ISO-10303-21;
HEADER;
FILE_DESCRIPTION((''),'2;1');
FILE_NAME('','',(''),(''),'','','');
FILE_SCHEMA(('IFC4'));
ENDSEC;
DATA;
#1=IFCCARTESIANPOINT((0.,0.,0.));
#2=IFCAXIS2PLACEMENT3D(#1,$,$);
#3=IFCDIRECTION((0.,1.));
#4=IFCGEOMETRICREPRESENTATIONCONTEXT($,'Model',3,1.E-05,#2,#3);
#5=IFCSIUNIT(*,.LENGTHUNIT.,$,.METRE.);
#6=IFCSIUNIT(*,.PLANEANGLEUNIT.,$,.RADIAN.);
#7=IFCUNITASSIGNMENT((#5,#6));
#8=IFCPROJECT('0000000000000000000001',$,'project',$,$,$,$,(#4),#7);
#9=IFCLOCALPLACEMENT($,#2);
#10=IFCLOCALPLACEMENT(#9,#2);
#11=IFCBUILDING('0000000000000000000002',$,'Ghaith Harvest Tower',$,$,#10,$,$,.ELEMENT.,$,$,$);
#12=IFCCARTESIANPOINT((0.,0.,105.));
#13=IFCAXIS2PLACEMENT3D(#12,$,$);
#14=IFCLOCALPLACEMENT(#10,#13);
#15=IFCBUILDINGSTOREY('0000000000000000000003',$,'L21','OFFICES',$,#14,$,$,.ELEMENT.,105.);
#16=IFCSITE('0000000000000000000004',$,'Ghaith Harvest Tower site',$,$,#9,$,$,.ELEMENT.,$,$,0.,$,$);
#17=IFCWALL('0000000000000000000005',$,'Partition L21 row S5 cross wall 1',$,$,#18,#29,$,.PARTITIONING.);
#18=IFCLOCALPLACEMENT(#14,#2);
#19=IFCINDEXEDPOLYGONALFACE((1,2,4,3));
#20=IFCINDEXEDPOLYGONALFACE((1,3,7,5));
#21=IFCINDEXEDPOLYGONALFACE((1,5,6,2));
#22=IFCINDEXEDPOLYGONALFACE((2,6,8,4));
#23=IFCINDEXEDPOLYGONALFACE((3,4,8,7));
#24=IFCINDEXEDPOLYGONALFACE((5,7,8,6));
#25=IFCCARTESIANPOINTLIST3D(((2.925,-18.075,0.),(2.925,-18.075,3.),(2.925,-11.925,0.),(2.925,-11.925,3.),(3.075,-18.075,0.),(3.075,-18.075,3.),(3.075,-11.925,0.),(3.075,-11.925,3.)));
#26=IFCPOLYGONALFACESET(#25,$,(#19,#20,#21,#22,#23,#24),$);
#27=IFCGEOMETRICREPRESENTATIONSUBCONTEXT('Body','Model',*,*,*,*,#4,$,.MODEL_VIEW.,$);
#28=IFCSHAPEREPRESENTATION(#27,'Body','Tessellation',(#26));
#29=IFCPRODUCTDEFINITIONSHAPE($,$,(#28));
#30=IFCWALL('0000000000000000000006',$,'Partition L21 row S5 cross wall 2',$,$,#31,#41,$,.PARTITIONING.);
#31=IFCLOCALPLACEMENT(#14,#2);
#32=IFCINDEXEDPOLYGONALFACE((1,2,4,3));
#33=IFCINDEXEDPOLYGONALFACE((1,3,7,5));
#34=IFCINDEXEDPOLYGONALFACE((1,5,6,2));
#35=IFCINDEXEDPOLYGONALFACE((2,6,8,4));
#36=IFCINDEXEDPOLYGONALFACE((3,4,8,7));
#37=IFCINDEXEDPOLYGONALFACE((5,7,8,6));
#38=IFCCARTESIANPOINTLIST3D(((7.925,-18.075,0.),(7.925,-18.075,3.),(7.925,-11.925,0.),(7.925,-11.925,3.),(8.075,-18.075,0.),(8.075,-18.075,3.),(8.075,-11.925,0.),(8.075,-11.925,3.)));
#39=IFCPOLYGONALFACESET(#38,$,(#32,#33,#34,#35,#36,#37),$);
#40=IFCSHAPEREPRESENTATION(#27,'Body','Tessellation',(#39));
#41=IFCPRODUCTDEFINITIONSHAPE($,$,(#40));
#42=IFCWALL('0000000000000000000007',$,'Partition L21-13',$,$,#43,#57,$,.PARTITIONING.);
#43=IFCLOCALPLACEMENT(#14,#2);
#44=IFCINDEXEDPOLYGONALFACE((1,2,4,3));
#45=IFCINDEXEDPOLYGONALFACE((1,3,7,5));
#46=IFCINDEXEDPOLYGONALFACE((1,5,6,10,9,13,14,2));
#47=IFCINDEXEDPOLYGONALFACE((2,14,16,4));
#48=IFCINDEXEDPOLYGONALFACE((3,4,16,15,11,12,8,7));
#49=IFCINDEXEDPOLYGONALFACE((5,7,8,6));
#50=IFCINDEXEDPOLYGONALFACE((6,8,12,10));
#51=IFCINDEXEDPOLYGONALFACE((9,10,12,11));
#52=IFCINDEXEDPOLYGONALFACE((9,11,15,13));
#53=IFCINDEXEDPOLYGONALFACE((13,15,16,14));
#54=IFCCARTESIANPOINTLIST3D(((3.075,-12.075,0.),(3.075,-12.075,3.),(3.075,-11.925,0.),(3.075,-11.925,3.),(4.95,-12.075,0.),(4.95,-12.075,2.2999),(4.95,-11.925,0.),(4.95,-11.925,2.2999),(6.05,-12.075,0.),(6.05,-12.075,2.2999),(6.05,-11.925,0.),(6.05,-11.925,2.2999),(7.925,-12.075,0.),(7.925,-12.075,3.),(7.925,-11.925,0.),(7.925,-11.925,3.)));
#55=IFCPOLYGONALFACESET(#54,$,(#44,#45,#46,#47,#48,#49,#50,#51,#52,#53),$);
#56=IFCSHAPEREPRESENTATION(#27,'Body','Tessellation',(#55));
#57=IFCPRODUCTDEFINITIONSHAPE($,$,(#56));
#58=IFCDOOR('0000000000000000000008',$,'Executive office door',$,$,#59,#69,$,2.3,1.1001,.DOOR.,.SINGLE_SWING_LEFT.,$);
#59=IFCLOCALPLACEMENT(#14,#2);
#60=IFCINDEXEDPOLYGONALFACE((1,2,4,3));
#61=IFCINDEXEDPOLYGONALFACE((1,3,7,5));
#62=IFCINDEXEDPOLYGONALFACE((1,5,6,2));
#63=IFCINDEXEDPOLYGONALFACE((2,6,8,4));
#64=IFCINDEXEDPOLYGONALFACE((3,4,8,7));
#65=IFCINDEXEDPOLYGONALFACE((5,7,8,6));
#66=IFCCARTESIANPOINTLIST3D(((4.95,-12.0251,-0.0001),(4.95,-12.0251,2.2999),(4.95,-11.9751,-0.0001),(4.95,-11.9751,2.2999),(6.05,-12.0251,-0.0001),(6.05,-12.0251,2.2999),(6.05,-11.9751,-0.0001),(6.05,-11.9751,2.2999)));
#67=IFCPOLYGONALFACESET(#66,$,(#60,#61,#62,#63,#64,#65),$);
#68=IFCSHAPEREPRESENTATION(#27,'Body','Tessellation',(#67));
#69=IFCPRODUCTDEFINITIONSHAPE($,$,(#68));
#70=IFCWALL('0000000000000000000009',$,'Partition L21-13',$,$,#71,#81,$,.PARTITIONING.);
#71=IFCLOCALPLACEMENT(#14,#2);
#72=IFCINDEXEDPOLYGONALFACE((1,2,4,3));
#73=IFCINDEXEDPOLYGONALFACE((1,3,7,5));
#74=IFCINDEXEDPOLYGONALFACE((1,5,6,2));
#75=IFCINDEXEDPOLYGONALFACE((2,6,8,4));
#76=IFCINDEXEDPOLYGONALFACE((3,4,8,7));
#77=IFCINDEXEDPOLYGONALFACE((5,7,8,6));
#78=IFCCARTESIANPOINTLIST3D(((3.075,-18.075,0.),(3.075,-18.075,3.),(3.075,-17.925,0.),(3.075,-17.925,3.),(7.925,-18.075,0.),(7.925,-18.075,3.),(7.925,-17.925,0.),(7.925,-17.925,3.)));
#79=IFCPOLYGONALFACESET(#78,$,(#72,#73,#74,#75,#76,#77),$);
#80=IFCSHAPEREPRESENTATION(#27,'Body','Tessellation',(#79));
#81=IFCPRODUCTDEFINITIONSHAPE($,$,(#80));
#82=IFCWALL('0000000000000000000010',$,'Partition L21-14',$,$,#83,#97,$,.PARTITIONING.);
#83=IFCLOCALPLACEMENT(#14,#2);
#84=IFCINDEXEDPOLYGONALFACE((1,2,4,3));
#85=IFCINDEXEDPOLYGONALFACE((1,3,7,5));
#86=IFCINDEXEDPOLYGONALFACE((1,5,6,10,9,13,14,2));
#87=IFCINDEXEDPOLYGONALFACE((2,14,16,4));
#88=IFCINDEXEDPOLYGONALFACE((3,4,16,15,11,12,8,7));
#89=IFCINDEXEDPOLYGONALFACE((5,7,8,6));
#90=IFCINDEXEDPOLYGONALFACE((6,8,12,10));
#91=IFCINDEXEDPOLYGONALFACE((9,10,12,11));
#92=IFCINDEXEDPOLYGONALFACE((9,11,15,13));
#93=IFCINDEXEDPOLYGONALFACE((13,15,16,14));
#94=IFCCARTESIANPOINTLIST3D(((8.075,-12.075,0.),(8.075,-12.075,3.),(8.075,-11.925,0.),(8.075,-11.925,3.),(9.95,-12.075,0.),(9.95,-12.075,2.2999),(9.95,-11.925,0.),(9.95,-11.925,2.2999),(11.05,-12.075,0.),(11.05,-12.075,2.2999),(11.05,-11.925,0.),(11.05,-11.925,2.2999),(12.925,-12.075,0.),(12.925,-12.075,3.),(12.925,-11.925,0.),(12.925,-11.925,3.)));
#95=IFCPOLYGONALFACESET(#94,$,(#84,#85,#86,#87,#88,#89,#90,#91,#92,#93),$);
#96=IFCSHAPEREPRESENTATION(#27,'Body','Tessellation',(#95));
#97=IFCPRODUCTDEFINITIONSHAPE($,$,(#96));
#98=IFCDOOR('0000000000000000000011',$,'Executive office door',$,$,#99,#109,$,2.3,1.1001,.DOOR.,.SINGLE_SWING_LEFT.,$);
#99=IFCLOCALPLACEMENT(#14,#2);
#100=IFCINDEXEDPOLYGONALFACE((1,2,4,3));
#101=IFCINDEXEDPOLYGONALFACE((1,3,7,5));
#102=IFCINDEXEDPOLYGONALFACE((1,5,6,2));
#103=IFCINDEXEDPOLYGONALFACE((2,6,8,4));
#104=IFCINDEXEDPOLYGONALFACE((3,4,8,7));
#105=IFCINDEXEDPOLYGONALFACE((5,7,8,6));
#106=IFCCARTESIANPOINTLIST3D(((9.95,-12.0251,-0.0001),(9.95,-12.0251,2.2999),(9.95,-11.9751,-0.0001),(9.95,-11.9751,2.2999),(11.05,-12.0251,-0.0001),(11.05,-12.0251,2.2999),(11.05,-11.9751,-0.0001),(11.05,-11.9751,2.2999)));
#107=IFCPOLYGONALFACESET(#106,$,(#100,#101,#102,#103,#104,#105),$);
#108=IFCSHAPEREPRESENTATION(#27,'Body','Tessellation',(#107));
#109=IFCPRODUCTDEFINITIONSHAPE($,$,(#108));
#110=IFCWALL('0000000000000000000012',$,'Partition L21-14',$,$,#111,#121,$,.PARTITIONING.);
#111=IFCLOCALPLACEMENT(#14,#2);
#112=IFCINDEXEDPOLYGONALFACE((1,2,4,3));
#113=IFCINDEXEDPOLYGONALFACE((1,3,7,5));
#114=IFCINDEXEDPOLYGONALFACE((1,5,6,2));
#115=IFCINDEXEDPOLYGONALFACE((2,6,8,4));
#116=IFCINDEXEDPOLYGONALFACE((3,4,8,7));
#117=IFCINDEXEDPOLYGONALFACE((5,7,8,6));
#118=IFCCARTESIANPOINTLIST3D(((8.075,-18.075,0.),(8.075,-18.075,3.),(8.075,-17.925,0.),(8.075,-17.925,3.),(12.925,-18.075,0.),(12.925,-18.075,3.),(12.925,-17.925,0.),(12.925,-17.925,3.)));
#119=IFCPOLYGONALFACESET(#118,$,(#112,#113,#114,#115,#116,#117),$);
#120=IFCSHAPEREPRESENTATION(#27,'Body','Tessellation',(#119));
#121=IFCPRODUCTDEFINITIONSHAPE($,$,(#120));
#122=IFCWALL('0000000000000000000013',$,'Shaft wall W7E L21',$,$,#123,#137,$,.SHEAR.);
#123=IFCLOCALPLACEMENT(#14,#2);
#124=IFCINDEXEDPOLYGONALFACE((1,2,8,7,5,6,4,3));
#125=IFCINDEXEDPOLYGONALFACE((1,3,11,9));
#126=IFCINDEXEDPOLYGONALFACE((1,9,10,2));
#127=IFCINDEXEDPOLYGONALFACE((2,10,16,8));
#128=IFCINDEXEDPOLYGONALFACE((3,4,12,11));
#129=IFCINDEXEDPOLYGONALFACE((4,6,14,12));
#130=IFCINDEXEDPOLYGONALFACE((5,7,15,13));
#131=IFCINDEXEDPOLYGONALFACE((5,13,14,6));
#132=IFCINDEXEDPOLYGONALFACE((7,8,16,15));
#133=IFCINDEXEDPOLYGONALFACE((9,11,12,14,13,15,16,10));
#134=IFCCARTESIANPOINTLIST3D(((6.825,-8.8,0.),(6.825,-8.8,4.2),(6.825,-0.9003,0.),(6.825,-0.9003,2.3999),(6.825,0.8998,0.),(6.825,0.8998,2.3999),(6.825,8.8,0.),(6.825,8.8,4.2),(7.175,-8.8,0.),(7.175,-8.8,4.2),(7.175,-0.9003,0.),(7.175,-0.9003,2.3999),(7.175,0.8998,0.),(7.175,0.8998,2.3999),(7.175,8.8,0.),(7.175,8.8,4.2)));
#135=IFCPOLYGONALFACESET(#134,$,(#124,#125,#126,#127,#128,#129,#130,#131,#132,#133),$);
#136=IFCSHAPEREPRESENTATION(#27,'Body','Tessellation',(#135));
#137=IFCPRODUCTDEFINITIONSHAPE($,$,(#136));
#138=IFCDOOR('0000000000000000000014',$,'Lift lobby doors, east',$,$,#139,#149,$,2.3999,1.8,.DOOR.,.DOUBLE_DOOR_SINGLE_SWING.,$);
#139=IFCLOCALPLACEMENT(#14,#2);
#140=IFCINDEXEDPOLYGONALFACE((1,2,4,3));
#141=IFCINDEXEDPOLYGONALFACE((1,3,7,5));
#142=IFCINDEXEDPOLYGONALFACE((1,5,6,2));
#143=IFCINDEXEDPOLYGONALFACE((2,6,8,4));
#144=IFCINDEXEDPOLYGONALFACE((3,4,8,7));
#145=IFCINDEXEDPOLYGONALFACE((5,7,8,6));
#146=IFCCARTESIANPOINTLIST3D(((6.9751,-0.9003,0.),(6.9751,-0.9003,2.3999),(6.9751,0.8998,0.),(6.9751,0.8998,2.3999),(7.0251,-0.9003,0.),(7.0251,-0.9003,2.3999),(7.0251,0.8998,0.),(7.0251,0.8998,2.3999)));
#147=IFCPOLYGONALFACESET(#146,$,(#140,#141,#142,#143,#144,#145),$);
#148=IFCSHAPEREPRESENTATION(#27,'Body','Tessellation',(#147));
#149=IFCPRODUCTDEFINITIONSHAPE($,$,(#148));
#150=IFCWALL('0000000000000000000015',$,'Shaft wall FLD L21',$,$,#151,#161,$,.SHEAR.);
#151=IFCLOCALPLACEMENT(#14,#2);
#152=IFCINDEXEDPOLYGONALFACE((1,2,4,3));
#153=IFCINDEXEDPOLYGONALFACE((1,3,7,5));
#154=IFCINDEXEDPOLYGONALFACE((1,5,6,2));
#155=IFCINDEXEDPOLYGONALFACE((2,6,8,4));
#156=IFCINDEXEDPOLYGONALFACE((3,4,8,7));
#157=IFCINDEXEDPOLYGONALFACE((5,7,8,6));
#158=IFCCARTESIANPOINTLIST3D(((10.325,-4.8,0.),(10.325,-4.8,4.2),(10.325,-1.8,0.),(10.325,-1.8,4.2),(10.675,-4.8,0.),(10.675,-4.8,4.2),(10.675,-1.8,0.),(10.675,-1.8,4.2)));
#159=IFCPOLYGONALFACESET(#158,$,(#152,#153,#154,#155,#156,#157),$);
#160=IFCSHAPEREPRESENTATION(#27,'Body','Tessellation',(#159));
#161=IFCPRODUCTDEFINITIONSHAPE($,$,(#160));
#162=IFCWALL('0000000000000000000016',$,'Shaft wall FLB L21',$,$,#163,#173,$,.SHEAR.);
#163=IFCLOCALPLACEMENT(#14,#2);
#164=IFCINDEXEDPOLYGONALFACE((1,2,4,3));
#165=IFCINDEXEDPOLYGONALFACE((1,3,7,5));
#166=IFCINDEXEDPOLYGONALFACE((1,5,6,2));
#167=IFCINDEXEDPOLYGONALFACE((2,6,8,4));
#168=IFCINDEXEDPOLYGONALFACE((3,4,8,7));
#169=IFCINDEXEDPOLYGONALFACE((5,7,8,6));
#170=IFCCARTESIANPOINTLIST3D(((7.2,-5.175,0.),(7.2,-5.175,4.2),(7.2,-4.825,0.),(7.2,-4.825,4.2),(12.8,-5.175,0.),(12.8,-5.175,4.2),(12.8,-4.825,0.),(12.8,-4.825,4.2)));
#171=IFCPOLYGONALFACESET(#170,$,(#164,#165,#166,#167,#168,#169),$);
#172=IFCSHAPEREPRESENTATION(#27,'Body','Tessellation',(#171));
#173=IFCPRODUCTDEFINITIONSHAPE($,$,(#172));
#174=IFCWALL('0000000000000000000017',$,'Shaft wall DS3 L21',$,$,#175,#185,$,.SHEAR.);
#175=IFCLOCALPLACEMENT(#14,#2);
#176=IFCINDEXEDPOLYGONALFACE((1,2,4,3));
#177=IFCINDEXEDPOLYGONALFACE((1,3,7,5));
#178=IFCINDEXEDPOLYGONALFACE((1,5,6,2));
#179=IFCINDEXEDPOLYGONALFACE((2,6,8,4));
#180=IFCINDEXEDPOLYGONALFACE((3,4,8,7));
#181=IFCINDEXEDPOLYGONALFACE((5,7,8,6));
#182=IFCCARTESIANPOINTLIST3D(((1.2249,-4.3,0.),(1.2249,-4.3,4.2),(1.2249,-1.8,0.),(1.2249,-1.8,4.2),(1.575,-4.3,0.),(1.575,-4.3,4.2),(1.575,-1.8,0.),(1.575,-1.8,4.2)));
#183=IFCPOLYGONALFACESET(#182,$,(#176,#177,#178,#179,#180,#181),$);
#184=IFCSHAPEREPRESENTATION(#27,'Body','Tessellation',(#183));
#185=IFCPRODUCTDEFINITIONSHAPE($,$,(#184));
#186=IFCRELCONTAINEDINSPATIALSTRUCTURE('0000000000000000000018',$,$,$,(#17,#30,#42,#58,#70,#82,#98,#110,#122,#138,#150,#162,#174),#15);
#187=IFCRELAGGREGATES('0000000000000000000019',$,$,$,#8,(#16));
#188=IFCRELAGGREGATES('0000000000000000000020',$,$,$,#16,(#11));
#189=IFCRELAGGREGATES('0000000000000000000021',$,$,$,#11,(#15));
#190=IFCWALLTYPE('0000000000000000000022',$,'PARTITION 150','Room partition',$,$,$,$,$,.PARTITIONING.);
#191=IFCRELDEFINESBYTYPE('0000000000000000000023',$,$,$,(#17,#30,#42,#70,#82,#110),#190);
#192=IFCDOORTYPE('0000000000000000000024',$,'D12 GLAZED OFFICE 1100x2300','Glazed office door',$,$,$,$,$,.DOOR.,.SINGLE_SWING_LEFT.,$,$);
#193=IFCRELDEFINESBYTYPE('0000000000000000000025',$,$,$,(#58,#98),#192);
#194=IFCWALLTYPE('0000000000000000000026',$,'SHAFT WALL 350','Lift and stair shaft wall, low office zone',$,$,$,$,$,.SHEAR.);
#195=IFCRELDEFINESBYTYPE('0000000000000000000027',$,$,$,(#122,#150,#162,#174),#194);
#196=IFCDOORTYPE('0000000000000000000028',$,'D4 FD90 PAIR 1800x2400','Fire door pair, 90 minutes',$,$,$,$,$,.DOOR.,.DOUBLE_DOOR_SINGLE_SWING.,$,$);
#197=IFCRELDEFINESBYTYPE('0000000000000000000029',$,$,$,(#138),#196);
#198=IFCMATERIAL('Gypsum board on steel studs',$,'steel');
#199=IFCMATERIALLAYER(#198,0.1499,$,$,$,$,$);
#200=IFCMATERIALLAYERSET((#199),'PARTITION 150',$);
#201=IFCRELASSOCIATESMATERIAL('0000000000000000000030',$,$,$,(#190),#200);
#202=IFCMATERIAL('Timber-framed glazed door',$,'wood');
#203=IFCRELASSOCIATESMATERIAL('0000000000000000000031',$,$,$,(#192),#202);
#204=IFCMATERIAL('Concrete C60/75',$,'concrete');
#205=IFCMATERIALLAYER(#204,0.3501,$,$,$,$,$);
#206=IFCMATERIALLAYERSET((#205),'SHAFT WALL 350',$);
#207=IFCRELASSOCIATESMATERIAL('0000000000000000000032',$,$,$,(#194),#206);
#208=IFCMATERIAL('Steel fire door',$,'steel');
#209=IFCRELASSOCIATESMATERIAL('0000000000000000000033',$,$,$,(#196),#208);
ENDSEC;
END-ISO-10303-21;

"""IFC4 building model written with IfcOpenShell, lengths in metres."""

from ifc_helpers import new_model, si_unit, direction, frame, frame_2d, origin, place, context, subcontext, project, spatial, rectangle, extrude, material, layer, layer_set, type_object, element, fill, save


model = new_model("IFC4")

# Units and contexts
model_context = context("Model", 3, precision=1e-05, world=origin(), true_north=direction((0.0, 1.0)))
body_context = subcontext(model_context, "Body", "Model", "MODEL_VIEW")
ifc_project = project(units=[si_unit("LENGTHUNIT", "METRE"), si_unit("PLANEANGLEUNIT", "RADIAN")], contexts=[model_context])

# Site, building, storey
site_placement = place(None, origin())
site = spatial("IfcSite", under=ifc_project, at=site_placement, Name="Ghaith Harvest Tower site", CompositionType="ELEMENT", RefElevation=0.0)
building_placement = place(site_placement, origin())
building = spatial("IfcBuilding", under=site, at=building_placement, Name="Ghaith Harvest Tower", CompositionType="ELEMENT")
storey_placement = place(building_placement, frame((0.0, 0.0, 105.0)))
storey = spatial("IfcBuildingStorey", under=building, at=storey_placement, Name="L21", Description="OFFICES", CompositionType="ELEMENT", Elevation=105.0)

# Walls
ifc_material_1 = material(Name="Gypsum board on steel studs", Category="steel")
ifc_layer_1 = layer(ifc_material_1, 0.1499)
ifc_layer_set_1 = layer_set([ifc_layer_1], Name="PARTITION 150")
wall_type_1 = type_object("IfcWallType", Name="PARTITION 150", Description="Room partition", PredefinedType="PARTITIONING", material=ifc_layer_set_1)
for number, where, z_axis, x_axis, name in (
    (1, (3.0, -11.925, 0.0), (0.0, 0.0, 1.0), (0.0, -1.0, 0.0), "Partition L21 row S5 cross wall 1"),
    (2, (8.0, -11.925, 0.0), (0.0, 0.0, 1.0), (0.0, -1.0, 0.0), "Partition L21 row S5 cross wall 2"),
):
    element("IfcWall", number, at=place(storey_placement, frame(where, z_axis=z_axis, x_axis=x_axis)), inside=storey, type_object=wall_type_1, Name=name, PredefinedType="PARTITIONING", context=body_context, shape_type="SweptSolid", body=[
        extrude(rectangle(XDim=6.1499, YDim=0.1499, at=frame_2d((3.075, 0.0))), origin(), (0.0, 0.0, 1.0), 3.0),
    ])

# Wall, opening, door
wall_1_placement = place(storey_placement, frame((3.075, -12.0, 0.0), z_axis=(0.0, 0.0, 1.0), x_axis=(1.0, 0.0, 0.0)))
wall_1 = element("IfcWall", 3, at=wall_1_placement, inside=storey, type_object=wall_type_1, Name="Partition L21-13", PredefinedType="PARTITIONING", context=body_context, shape_type="SweptSolid", body=[
    extrude(rectangle(XDim=4.8501, YDim=0.1499, at=frame_2d((2.425, 0.0))), origin(), (0.0, 0.0, 1.0), 3.0),
])
opening_1_placement = place(wall_1_placement, frame((1.875, 0.0, 0.0)))
opening_1 = element("IfcOpeningElement", 4, at=opening_1_placement, cuts=wall_1, PredefinedType="OPENING", context=body_context, shape_type="SweptSolid", body=[
    extrude(rectangle(XDim=1.1001, YDim=2.3, at=frame_2d((0.55, 1.1499))), frame((0.0, 0.085, 0.0), z_axis=(0.0, -1.0, 0.0), x_axis=(1.0, 0.0, 0.0)), (0.0, 0.0, 1.0), 0.1699),
])
ifc_material_2 = material(Name="Timber-framed glazed door", Category="wood")
door_type_1 = type_object("IfcDoorType", Name="D12 GLAZED OFFICE 1100x2300", Description="Glazed office door", OperationType="SINGLE_SWING_LEFT", PredefinedType="DOOR", material=ifc_material_2)
door_1_placement = place(opening_1_placement, origin())
door_1 = element("IfcDoor", 5, at=door_1_placement, inside=storey, type_object=door_type_1, Name="Executive office door", OperationType="SINGLE_SWING_LEFT", OverallHeight=2.3, OverallWidth=1.1001, PredefinedType="DOOR", context=body_context, shape_type="SweptSolid", body=[
    extrude(rectangle(XDim=1.1001, YDim=2.3, at=frame_2d((0.55, 1.1499))), frame((0.0, 0.0249, 0.0), z_axis=(0.0, -1.0, 0.0), x_axis=(1.0, 0.0, 0.0)), (0.0, 0.0, 1.0), 0.05),
])
fill(opening_1, door_1)

# Wall
wall_2_placement = place(storey_placement, frame((3.075, -18.0, 0.0), z_axis=(0.0, 0.0, 1.0), x_axis=(1.0, 0.0, 0.0)))
element("IfcWall", 6, at=wall_2_placement, inside=storey, type_object=wall_type_1, Name="Partition L21-13", PredefinedType="PARTITIONING", context=body_context, shape_type="SweptSolid", body=[
    extrude(rectangle(XDim=4.8501, YDim=0.1499, at=frame_2d((2.425, 0.0))), origin(), (0.0, 0.0, 1.0), 3.0),
])

# Wall, opening, door
wall_3_placement = place(storey_placement, frame((8.075, -12.0, 0.0), z_axis=(0.0, 0.0, 1.0), x_axis=(1.0, 0.0, 0.0)))
wall_3 = element("IfcWall", 7, at=wall_3_placement, inside=storey, type_object=wall_type_1, Name="Partition L21-14", PredefinedType="PARTITIONING", context=body_context, shape_type="SweptSolid", body=[
    extrude(rectangle(XDim=4.8501, YDim=0.1499, at=frame_2d((2.425, 0.0))), origin(), (0.0, 0.0, 1.0), 3.0),
])
opening_2_placement = place(wall_3_placement, frame((1.875, 0.0, 0.0)))
opening_2 = element("IfcOpeningElement", 8, at=opening_2_placement, cuts=wall_3, PredefinedType="OPENING", context=body_context, shape_type="SweptSolid", body=[
    extrude(rectangle(XDim=1.1001, YDim=2.3, at=frame_2d((0.55, 1.1499))), frame((0.0, 0.085, 0.0), z_axis=(0.0, -1.0, 0.0), x_axis=(1.0, 0.0, 0.0)), (0.0, 0.0, 1.0), 0.1699),
])
door_2_placement = place(opening_2_placement, origin())
door_2 = element("IfcDoor", 9, at=door_2_placement, inside=storey, type_object=door_type_1, Name="Executive office door", OperationType="SINGLE_SWING_LEFT", OverallHeight=2.3, OverallWidth=1.1001, PredefinedType="DOOR", context=body_context, shape_type="SweptSolid", body=[
    extrude(rectangle(XDim=1.1001, YDim=2.3, at=frame_2d((0.55, 1.1499))), frame((0.0, 0.0249, 0.0), z_axis=(0.0, -1.0, 0.0), x_axis=(1.0, 0.0, 0.0)), (0.0, 0.0, 1.0), 0.05),
])
fill(opening_2, door_2)

# Wall
wall_4_placement = place(storey_placement, frame((8.075, -18.0, 0.0), z_axis=(0.0, 0.0, 1.0), x_axis=(1.0, 0.0, 0.0)))
element("IfcWall", 10, at=wall_4_placement, inside=storey, type_object=wall_type_1, Name="Partition L21-14", PredefinedType="PARTITIONING", context=body_context, shape_type="SweptSolid", body=[
    extrude(rectangle(XDim=4.8501, YDim=0.1499, at=frame_2d((2.425, 0.0))), origin(), (0.0, 0.0, 1.0), 3.0),
])

# Wall, opening, door
ifc_material_3 = material(Name="Concrete C60/75", Category="concrete")
ifc_layer_2 = layer(ifc_material_3, 0.3501)
ifc_layer_set_2 = layer_set([ifc_layer_2], Name="SHAFT WALL 350")
wall_type_2 = type_object("IfcWallType", Name="SHAFT WALL 350", Description="Lift and stair shaft wall, low office zone", PredefinedType="SHEAR", material=ifc_layer_set_2)
wall_5_placement = place(storey_placement, frame((7.0, -8.8, 0.0), z_axis=(0.0, 0.0, 1.0), x_axis=(0.0, 1.0, 0.0)))
wall_5 = element("IfcWall", 11, at=wall_5_placement, inside=storey, type_object=wall_type_2, Name="Shaft wall W7E L21", PredefinedType="SHEAR", context=body_context, shape_type="SweptSolid", body=[
    extrude(rectangle(XDim=17.6001, YDim=0.3501, at=frame_2d((8.8, 0.0))), origin(), (0.0, 0.0, 1.0), 4.2),
])
opening_3_placement = place(wall_5_placement, frame((7.8999, 0.0, 0.0)))
opening_3 = element("IfcOpeningElement", 12, at=opening_3_placement, cuts=wall_5, PredefinedType="OPENING", context=body_context, shape_type="SweptSolid", body=[
    extrude(rectangle(XDim=1.8, YDim=2.3999, at=frame_2d((0.8999, 1.2))), frame((0.0, 0.1851, 0.0), z_axis=(0.0, -1.0, 0.0), x_axis=(1.0, 0.0, 0.0)), (0.0, 0.0, 1.0), 0.3701),
])
ifc_material_4 = material(Name="Steel fire door", Category="steel")
door_type_2 = type_object("IfcDoorType", Name="D4 FD90 PAIR 1800x2400", Description="Fire door pair, 90 minutes", OperationType="DOUBLE_DOOR_SINGLE_SWING", PredefinedType="DOOR", material=ifc_material_4)
door_3_placement = place(opening_3_placement, origin())
door_3 = element("IfcDoor", 13, at=door_3_placement, inside=storey, type_object=door_type_2, Name="Lift lobby doors, east", OperationType="DOUBLE_DOOR_SINGLE_SWING", OverallHeight=2.3999, OverallWidth=1.8, PredefinedType="DOOR", context=body_context, shape_type="SweptSolid", body=[
    extrude(rectangle(XDim=1.8, YDim=2.3999, at=frame_2d((0.8999, 1.2))), frame((0.0, 0.0249, 0.0), z_axis=(0.0, -1.0, 0.0), x_axis=(1.0, 0.0, 0.0)), (0.0, 0.0, 1.0), 0.05),
])
fill(opening_3, door_3)

# Walls
wall_6_placement = place(storey_placement, frame((10.5, -4.8, 0.0), z_axis=(0.0, 0.0, 1.0), x_axis=(0.0, 1.0, 0.0)))
element("IfcWall", 14, at=wall_6_placement, inside=storey, type_object=wall_type_2, Name="Shaft wall FLD L21", PredefinedType="SHEAR", context=body_context, shape_type="SweptSolid", body=[
    extrude(rectangle(XDim=3.0, YDim=0.3501, at=frame_2d((1.5, 0.0))), origin(), (0.0, 0.0, 1.0), 4.2),
])
wall_7_placement = place(storey_placement, frame((7.2, -5.0, 0.0), z_axis=(0.0, 0.0, 1.0), x_axis=(1.0, 0.0, 0.0)))
element("IfcWall", 15, at=wall_7_placement, inside=storey, type_object=wall_type_2, Name="Shaft wall FLB L21", PredefinedType="SHEAR", context=body_context, shape_type="SweptSolid", body=[
    extrude(rectangle(XDim=5.6001, YDim=0.3501, at=frame_2d((2.8, 0.0))), origin(), (0.0, 0.0, 1.0), 4.2),
])
wall_8_placement = place(storey_placement, frame((1.3999, -4.3, 0.0), z_axis=(0.0, 0.0, 1.0), x_axis=(0.0, 1.0, 0.0)))
element("IfcWall", 16, at=wall_8_placement, inside=storey, type_object=wall_type_2, Name="Shaft wall DS3 L21", PredefinedType="SHEAR", context=body_context, shape_type="SweptSolid", body=[
    extrude(rectangle(XDim=2.5, YDim=0.3501, at=frame_2d((1.25, 0.0))), origin(), (0.0, 0.0, 1.0), 4.2),
])

save(model, "model.ifc")
